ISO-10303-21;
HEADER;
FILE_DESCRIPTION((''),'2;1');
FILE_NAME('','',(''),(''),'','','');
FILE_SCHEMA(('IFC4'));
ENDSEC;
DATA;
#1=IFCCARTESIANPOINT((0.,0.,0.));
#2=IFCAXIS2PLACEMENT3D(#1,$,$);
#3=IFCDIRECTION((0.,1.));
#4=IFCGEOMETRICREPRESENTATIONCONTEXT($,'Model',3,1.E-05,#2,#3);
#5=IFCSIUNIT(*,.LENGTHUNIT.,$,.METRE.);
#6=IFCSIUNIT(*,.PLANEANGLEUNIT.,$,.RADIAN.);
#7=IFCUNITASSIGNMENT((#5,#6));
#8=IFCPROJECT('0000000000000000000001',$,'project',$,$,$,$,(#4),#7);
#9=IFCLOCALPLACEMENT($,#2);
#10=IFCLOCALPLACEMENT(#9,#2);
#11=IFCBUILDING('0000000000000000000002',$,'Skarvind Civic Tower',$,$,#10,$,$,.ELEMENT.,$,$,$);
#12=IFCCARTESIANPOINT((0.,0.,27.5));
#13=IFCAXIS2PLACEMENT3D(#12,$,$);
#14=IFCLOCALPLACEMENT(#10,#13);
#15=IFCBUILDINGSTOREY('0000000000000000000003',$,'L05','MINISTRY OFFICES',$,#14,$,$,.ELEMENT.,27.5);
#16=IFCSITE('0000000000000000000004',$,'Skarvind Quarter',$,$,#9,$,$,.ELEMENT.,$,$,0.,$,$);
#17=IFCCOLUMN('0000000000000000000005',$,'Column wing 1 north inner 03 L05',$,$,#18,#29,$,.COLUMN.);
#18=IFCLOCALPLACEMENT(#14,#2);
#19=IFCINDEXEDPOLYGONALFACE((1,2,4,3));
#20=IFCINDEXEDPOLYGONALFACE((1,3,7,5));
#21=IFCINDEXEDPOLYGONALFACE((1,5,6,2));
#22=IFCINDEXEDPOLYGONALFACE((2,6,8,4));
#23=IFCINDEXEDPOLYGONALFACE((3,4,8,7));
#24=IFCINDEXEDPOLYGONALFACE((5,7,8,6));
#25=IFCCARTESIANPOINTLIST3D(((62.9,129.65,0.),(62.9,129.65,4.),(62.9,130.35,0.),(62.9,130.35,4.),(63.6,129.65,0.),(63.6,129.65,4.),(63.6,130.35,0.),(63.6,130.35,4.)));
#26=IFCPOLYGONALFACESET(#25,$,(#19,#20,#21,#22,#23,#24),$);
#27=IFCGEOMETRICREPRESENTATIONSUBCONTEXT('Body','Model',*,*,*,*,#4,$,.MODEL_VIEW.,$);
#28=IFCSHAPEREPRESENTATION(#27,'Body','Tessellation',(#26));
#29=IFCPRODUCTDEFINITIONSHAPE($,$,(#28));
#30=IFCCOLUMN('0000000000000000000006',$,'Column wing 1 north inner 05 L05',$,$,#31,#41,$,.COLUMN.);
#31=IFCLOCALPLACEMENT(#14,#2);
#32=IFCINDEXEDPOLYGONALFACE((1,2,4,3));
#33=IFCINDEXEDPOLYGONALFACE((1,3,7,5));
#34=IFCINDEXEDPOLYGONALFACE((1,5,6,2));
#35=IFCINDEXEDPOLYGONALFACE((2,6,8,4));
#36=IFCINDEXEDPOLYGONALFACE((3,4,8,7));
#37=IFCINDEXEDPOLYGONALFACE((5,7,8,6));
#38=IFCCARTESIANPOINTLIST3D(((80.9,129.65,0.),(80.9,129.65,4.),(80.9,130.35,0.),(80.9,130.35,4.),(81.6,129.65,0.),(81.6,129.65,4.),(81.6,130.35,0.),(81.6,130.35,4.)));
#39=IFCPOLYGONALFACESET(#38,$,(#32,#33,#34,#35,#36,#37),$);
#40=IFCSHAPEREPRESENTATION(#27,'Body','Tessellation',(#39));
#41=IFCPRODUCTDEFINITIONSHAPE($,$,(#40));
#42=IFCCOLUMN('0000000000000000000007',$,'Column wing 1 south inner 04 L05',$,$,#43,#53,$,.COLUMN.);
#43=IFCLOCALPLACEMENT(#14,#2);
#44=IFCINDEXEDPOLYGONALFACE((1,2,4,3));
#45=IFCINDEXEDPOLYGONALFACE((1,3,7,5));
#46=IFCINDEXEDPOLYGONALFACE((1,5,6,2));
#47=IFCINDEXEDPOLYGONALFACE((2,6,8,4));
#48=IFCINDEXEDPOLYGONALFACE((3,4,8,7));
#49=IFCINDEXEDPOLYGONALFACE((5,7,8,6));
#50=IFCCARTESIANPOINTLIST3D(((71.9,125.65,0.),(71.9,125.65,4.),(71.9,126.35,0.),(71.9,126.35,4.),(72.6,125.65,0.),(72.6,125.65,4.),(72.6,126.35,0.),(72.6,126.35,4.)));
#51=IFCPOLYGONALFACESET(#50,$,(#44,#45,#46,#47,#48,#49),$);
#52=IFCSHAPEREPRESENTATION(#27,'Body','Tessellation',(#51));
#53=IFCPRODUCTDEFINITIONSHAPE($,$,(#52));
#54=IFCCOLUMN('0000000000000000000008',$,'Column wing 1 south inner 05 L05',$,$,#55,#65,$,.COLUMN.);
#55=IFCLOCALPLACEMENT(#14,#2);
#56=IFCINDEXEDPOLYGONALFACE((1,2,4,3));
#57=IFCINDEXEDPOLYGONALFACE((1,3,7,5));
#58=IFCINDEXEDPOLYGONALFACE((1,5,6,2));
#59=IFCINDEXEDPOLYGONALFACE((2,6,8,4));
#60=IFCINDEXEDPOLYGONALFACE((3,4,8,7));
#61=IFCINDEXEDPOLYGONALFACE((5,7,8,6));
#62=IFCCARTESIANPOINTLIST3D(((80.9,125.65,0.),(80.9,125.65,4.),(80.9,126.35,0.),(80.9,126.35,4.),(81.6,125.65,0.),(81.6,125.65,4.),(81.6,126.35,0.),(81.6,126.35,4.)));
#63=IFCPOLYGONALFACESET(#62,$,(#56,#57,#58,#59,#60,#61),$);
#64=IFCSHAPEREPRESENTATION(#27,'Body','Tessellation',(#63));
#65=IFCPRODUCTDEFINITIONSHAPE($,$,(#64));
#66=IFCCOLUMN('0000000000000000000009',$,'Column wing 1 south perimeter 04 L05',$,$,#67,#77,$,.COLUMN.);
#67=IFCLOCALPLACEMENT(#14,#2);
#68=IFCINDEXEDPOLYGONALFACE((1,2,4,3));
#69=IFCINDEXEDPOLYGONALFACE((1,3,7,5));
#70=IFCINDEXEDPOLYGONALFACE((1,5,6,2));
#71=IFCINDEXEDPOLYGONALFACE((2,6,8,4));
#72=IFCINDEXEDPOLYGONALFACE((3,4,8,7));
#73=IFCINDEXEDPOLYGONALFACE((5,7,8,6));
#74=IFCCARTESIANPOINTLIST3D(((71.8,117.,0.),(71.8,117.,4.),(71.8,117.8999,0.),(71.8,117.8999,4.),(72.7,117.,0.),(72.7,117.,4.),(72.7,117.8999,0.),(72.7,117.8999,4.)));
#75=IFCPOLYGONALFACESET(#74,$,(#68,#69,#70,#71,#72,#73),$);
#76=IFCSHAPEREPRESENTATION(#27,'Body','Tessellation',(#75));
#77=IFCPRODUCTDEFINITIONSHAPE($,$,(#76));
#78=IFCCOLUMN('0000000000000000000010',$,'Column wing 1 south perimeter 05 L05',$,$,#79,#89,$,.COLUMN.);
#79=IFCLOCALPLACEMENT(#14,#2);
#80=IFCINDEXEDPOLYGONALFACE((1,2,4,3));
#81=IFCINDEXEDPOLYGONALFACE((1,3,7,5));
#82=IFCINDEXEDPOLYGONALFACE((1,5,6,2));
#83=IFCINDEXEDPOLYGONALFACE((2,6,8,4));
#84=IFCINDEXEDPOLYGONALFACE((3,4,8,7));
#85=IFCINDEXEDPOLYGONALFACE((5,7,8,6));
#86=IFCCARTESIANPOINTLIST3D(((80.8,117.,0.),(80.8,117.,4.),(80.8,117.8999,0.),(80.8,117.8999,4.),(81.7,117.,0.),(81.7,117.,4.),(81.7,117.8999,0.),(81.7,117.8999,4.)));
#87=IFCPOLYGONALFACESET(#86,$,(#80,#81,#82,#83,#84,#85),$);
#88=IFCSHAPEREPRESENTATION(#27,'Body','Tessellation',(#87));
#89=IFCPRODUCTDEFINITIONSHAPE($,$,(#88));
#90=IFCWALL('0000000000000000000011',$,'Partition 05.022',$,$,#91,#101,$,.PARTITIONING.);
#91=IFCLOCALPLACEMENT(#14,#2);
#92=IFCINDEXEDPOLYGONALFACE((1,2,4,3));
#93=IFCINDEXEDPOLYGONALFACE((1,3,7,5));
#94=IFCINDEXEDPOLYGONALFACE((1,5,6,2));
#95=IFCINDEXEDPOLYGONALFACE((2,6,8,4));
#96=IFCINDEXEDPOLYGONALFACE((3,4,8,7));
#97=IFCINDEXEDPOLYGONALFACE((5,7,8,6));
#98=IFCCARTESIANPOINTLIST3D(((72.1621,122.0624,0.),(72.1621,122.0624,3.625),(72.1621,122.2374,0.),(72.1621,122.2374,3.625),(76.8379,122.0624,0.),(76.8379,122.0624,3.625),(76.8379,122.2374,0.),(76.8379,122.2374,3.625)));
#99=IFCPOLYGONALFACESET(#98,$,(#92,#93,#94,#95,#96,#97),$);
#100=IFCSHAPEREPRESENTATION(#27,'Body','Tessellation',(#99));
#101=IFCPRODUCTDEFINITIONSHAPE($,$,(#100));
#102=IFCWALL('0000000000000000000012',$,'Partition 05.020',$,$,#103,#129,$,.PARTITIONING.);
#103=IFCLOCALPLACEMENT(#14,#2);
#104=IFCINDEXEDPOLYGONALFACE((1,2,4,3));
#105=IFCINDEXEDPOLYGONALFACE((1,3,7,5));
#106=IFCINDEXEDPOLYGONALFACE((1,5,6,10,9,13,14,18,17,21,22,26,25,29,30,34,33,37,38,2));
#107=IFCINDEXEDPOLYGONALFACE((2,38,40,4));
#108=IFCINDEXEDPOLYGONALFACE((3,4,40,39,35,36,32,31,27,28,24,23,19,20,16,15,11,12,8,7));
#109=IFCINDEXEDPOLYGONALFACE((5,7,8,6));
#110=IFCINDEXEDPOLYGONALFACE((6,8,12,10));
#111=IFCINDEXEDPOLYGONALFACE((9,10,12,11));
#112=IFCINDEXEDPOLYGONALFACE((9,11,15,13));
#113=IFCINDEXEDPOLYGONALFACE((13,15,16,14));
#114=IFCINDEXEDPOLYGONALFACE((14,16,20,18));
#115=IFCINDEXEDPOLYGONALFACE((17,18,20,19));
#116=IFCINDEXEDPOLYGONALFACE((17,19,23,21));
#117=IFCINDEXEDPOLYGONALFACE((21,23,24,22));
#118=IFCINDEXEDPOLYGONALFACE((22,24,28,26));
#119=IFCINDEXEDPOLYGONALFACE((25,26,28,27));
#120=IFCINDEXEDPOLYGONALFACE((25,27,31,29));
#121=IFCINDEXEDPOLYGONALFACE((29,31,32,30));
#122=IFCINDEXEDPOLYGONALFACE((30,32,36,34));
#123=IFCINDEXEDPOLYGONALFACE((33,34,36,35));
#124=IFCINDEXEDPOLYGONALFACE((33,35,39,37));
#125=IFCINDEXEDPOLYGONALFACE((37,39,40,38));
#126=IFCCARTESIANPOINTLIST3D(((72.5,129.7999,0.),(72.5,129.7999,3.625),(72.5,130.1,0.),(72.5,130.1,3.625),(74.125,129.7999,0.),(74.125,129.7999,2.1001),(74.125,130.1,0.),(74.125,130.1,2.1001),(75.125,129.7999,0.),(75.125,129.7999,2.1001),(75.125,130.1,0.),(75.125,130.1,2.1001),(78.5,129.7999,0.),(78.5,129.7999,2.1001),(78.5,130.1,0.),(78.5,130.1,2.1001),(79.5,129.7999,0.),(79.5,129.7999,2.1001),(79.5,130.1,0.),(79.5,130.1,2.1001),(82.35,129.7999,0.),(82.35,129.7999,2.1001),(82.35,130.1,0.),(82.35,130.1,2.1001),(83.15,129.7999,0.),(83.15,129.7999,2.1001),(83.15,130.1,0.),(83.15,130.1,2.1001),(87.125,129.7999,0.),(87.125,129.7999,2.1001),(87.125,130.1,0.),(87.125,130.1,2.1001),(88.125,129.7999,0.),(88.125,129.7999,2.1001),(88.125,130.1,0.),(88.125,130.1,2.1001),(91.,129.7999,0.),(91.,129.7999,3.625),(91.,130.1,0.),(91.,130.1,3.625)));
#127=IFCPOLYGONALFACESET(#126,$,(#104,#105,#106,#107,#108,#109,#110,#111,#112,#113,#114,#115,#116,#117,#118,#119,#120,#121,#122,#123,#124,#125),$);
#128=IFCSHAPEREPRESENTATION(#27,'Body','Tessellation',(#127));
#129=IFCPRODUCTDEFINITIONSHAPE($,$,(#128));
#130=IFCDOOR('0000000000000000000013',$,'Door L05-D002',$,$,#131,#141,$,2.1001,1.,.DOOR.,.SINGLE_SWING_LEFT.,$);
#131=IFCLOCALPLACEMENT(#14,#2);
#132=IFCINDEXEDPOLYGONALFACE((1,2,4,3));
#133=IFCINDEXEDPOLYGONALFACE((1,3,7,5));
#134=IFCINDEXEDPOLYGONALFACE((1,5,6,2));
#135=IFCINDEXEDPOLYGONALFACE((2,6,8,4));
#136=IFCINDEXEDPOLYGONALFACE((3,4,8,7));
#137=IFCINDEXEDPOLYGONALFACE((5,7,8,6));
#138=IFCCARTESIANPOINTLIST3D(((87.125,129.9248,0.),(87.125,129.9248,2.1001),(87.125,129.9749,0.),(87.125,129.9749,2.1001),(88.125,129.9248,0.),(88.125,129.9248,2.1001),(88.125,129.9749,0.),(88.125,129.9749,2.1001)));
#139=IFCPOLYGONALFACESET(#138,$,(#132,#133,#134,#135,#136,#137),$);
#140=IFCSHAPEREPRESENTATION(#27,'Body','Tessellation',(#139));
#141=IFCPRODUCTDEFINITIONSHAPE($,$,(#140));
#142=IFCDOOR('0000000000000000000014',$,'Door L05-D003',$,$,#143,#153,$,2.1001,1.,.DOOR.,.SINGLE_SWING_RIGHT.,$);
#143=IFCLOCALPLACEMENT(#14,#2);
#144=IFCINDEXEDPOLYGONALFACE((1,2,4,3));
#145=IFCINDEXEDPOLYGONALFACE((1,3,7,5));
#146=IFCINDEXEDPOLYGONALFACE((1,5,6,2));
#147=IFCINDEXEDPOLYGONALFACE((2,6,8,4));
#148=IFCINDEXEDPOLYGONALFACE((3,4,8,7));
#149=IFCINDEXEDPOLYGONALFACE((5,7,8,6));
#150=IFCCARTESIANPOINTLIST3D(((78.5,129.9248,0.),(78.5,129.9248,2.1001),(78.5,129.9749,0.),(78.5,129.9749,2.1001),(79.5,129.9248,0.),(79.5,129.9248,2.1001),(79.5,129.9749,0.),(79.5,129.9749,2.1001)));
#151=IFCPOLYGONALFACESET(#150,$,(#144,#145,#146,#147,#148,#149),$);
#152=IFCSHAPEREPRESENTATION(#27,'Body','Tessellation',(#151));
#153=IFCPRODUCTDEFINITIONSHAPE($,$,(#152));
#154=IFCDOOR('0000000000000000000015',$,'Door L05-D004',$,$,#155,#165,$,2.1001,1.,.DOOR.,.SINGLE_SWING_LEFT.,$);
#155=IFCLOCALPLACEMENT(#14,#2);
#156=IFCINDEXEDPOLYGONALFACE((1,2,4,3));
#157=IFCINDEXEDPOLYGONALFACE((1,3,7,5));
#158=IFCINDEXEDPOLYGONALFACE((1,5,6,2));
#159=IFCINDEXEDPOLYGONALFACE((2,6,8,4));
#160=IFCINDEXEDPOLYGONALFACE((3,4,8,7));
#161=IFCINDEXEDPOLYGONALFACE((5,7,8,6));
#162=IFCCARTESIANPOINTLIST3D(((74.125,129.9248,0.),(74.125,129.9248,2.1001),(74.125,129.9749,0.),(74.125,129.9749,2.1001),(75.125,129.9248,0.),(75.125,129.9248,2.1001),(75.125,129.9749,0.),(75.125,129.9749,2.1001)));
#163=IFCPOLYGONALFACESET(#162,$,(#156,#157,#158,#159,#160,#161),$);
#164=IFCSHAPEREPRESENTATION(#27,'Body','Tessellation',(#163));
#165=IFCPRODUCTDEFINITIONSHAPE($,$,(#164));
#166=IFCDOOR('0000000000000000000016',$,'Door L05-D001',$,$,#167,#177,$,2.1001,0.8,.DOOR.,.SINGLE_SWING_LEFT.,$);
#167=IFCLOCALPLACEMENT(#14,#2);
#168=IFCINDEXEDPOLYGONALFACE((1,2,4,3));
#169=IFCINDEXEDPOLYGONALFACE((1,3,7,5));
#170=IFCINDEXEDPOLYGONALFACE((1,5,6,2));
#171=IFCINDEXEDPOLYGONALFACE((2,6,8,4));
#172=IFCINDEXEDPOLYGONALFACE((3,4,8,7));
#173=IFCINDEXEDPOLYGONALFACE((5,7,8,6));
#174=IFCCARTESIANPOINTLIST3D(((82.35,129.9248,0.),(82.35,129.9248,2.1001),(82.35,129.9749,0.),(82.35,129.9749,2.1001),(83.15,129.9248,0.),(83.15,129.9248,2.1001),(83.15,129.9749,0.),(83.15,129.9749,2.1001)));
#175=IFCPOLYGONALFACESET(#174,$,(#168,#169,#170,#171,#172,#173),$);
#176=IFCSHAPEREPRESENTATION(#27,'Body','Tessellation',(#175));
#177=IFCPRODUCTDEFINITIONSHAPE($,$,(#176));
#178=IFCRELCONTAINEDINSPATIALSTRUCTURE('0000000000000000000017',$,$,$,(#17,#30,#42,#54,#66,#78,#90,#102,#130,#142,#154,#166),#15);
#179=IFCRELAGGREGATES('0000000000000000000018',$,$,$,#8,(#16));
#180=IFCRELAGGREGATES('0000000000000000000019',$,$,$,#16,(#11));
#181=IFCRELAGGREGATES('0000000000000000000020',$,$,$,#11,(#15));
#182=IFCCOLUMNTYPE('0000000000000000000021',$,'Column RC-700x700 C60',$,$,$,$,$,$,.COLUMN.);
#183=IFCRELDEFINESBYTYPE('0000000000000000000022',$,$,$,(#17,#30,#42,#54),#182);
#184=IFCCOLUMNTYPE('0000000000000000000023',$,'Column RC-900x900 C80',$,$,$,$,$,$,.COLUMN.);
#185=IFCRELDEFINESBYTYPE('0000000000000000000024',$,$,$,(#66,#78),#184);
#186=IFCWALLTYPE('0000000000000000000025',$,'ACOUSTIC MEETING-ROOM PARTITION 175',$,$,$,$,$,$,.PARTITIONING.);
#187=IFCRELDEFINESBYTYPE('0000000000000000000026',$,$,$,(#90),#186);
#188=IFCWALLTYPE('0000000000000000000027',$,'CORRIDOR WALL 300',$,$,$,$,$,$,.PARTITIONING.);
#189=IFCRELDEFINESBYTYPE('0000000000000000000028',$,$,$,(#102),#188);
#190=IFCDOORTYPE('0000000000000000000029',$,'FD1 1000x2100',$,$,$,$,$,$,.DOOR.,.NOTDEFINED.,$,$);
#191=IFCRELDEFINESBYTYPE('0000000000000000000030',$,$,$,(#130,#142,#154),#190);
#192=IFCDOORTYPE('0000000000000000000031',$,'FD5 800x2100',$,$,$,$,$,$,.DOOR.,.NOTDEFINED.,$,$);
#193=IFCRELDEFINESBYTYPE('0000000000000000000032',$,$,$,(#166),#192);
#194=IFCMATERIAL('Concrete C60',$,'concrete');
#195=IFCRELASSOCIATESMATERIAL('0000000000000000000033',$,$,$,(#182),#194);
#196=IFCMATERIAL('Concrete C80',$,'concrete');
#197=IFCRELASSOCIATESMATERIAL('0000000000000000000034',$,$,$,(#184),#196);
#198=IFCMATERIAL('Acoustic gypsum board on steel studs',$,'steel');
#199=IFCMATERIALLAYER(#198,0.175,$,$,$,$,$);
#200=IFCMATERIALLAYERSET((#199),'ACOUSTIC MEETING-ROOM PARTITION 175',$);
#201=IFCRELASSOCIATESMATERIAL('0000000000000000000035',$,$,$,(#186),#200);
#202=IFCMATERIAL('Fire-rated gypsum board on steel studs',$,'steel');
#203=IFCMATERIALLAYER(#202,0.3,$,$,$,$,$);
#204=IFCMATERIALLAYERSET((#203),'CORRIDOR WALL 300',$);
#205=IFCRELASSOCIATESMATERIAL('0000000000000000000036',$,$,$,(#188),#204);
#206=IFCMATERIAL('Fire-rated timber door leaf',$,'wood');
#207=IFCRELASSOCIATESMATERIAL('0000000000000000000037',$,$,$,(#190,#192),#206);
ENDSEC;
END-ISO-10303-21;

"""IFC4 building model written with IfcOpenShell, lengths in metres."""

from ifc_helpers import new_model, si_unit, direction, frame, frame_2d, origin, origin_2d, place, context, subcontext, project, spatial, rectangle, extrude, material, layer, layer_set, material_profile, profile_set, type_object, element, fill, save


model = new_model("IFC4")

# Units and contexts
model_context = context("Model", 3, precision=1e-05, world=origin(), true_north=direction((0.0, 1.0)))
body_context = subcontext(model_context, "Body", "Model", "MODEL_VIEW")
ifc_project = project(units=[si_unit("LENGTHUNIT", "METRE"), si_unit("PLANEANGLEUNIT", "RADIAN")], contexts=[model_context])

# Site, building, storey
site_placement = place(None, origin())
site = spatial("IfcSite", under=ifc_project, at=site_placement, Name="Skarvind Quarter", CompositionType="ELEMENT", RefElevation=0.0)
building_placement = place(site_placement, origin())
building = spatial("IfcBuilding", under=site, at=building_placement, Name="Skarvind Civic Tower", CompositionType="ELEMENT")
storey_placement = place(building_placement, frame((0.0, 0.0, 27.5)))
storey = spatial("IfcBuildingStorey", under=building, at=storey_placement, Name="L05", Description="MINISTRY OFFICES", CompositionType="ELEMENT", Elevation=27.5)

# Columns
ifc_material_1 = material(Name="Concrete C60", Category="concrete")
ifc_material_profile_1 = material_profile(ifc_material_1, rectangle(XDim=0.7, YDim=0.7, at=origin_2d()), Name="RC-700x700")
ifc_profile_set_1 = profile_set([ifc_material_profile_1], Name="Concrete C60")
column_type_1 = type_object("IfcColumnType", Name="Column RC-700x700 C60", PredefinedType="COLUMN", material=ifc_profile_set_1)
for number, where, z_axis, x_axis, name in (
    (1, (63.25, 130.0, 0.0), (0.0, 0.0, 1.0), (1.0, 0.0, 0.0), "Column wing 1 north inner 03 L05"),
    (2, (81.25, 130.0, 0.0), (0.0, 0.0, 1.0), (1.0, 0.0, 0.0), "Column wing 1 north inner 05 L05"),
    (3, (72.25, 126.0, 0.0), (0.0, 0.0, 1.0), (1.0, 0.0, 0.0), "Column wing 1 south inner 04 L05"),
    (4, (81.25, 126.0, 0.0), (0.0, 0.0, 1.0), (1.0, 0.0, 0.0), "Column wing 1 south inner 05 L05"),
):
    element("IfcColumn", number, at=place(storey_placement, frame(where, z_axis=z_axis, x_axis=x_axis)), inside=storey, type_object=column_type_1, Name=name, PredefinedType="COLUMN", context=body_context, shape_type="SweptSolid", body=[
        extrude(rectangle(XDim=0.7, YDim=0.7, at=origin_2d()), origin(), (0.0, 0.0, 1.0), 4.0),
    ])
ifc_material_2 = material(Name="Concrete C80", Category="concrete")
ifc_material_profile_2 = material_profile(ifc_material_2, rectangle(XDim=0.8999, YDim=0.8999, at=origin_2d()), Name="RC-900x900")
ifc_profile_set_2 = profile_set([ifc_material_profile_2], Name="Concrete C80")
column_type_2 = type_object("IfcColumnType", Name="Column RC-900x900 C80", PredefinedType="COLUMN", material=ifc_profile_set_2)
for number, where, z_axis, x_axis, name in (
    (5, (72.25, 117.45, 0.0), (0.0, 0.0, 1.0), (1.0, 0.0, 0.0), "Column wing 1 south perimeter 04 L05"),
    (6, (81.25, 117.45, 0.0), (0.0, 0.0, 1.0), (1.0, 0.0, 0.0), "Column wing 1 south perimeter 05 L05"),
):
    element("IfcColumn", number, at=place(storey_placement, frame(where, z_axis=z_axis, x_axis=x_axis)), inside=storey, type_object=column_type_2, Name=name, PredefinedType="COLUMN", context=body_context, shape_type="SweptSolid", body=[
        extrude(rectangle(XDim=0.8999, YDim=0.8999, at=origin_2d()), origin(), (0.0, 0.0, 1.0), 4.0),
    ])

# Wall
ifc_material_3 = material(Name="Acoustic gypsum board on steel studs", Category="steel")
ifc_layer_1 = layer(ifc_material_3, 0.175)
ifc_layer_set_1 = layer_set([ifc_layer_1], Name="ACOUSTIC MEETING-ROOM PARTITION 175")
wall_type_1 = type_object("IfcWallType", Name="ACOUSTIC MEETING-ROOM PARTITION 175", PredefinedType="PARTITIONING", material=ifc_layer_set_1)
wall_1_placement = place(storey_placement, frame((76.8379, 122.1499, 0.0), z_axis=(0.0, 0.0, 1.0), x_axis=(-1.0, 0.0, 0.0)))
element("IfcWall", 7, at=wall_1_placement, inside=storey, type_object=wall_type_1, Name="Partition 05.022", PredefinedType="PARTITIONING", context=body_context, shape_type="SweptSolid", body=[
    extrude(rectangle(XDim=4.6758, YDim=0.175, at=frame_2d((2.3379, 0.0))), origin(), (0.0, 0.0, 1.0), 3.625),
])

# Wall, openings, doors
ifc_material_4 = material(Name="Fire-rated gypsum board on steel studs", Category="steel")
ifc_layer_2 = layer(ifc_material_4, 0.3)
ifc_layer_set_2 = layer_set([ifc_layer_2], Name="CORRIDOR WALL 300")
wall_type_2 = type_object("IfcWallType", Name="CORRIDOR WALL 300", PredefinedType="PARTITIONING", material=ifc_layer_set_2)
wall_2_placement = place(storey_placement, frame((72.5, 129.95, 0.0), z_axis=(0.0, 0.0, 1.0), x_axis=(1.0, 0.0, 0.0)))
wall_2 = element("IfcWall", 8, at=wall_2_placement, inside=storey, type_object=wall_type_2, Name="Partition 05.020", PredefinedType="PARTITIONING", context=body_context, shape_type="SweptSolid", body=[
    extrude(rectangle(XDim=18.5, YDim=0.3, at=frame_2d((9.25, 0.0))), origin(), (0.0, 0.0, 1.0), 3.625),
])
opening_1_placement = place(wall_2_placement, frame((9.8501, 0.0, 0.0)))
opening_1 = element("IfcOpeningElement", 9, at=opening_1_placement, cuts=wall_2, PredefinedType="OPENING", context=body_context, shape_type="SweptSolid", body=[
    extrude(rectangle(XDim=0.8, YDim=2.1001, at=frame_2d((0.3999, 1.05))), frame((0.0, 0.1599, 0.0), z_axis=(0.0, -1.0, 0.0), x_axis=(1.0, 0.0, 0.0)), (0.0, 0.0, 1.0), 0.3201),
])
opening_2_placement = place(wall_2_placement, frame((14.625, 0.0, 0.0)))
opening_2 = element("IfcOpeningElement", 10, at=opening_2_placement, cuts=wall_2, PredefinedType="OPENING", context=body_context, shape_type="SweptSolid", body=[
    extrude(rectangle(XDim=1.0, YDim=2.1001, at=frame_2d((0.5, 1.05))), frame((0.0, 0.1599, 0.0), z_axis=(0.0, -1.0, 0.0), x_axis=(1.0, 0.0, 0.0)), (0.0, 0.0, 1.0), 0.3201),
])
opening_3_placement = place(wall_2_placement, frame((6.0, 0.0, 0.0)))
opening_3 = element("IfcOpeningElement", 11, at=opening_3_placement, cuts=wall_2, PredefinedType="OPENING", context=body_context, shape_type="SweptSolid", body=[
    extrude(rectangle(XDim=1.0, YDim=2.1001, at=frame_2d((0.5, 1.05))), frame((0.0, 0.1599, 0.0), z_axis=(0.0, -1.0, 0.0), x_axis=(1.0, 0.0, 0.0)), (0.0, 0.0, 1.0), 0.3201),
])
opening_4_placement = place(wall_2_placement, frame((1.625, 0.0, 0.0)))
opening_4 = element("IfcOpeningElement", 12, at=opening_4_placement, cuts=wall_2, PredefinedType="OPENING", context=body_context, shape_type="SweptSolid", body=[
    extrude(rectangle(XDim=1.0, YDim=2.1001, at=frame_2d((0.5, 1.05))), frame((0.0, 0.1599, 0.0), z_axis=(0.0, -1.0, 0.0), x_axis=(1.0, 0.0, 0.0)), (0.0, 0.0, 1.0), 0.3201),
])
ifc_material_5 = material(Name="Fire-rated timber door leaf", Category="wood")
door_type_1 = type_object("IfcDoorType", Name="FD1 1000x2100", OperationType="NOTDEFINED", PredefinedType="DOOR", material=ifc_material_5)
door_1_placement = place(opening_2_placement, origin())
door_1 = element("IfcDoor", 13, at=door_1_placement, inside=storey, type_object=door_type_1, Name="Door L05-D002", OperationType="SINGLE_SWING_LEFT", OverallHeight=2.1001, OverallWidth=1.0, PredefinedType="DOOR", context=body_context, shape_type="SweptSolid", body=[
    extrude(rectangle(XDim=1.0, YDim=2.1001, at=frame_2d((0.5, 1.05))), frame((0.0, 0.0249, 0.0), z_axis=(0.0, -1.0, 0.0), x_axis=(1.0, 0.0, 0.0)), (0.0, 0.0, 1.0), 0.05),
])
fill(opening_2, door_1)
door_2_placement = place(opening_3_placement, origin())
door_2 = element("IfcDoor", 14, at=door_2_placement, inside=storey, type_object=door_type_1, Name="Door L05-D003", OperationType="SINGLE_SWING_RIGHT", OverallHeight=2.1001, OverallWidth=1.0, PredefinedType="DOOR", context=body_context, shape_type="SweptSolid", body=[
    extrude(rectangle(XDim=1.0, YDim=2.1001, at=frame_2d((0.5, 1.05))), frame((0.0, 0.0249, 0.0), z_axis=(0.0, -1.0, 0.0), x_axis=(1.0, 0.0, 0.0)), (0.0, 0.0, 1.0), 0.05),
])
fill(opening_3, door_2)
door_3_placement = place(opening_4_placement, origin())
door_3 = element("IfcDoor", 15, at=door_3_placement, inside=storey, type_object=door_type_1, Name="Door L05-D004", OperationType="SINGLE_SWING_LEFT", OverallHeight=2.1001, OverallWidth=1.0, PredefinedType="DOOR", context=body_context, shape_type="SweptSolid", body=[
    extrude(rectangle(XDim=1.0, YDim=2.1001, at=frame_2d((0.5, 1.05))), frame((0.0, 0.0249, 0.0), z_axis=(0.0, -1.0, 0.0), x_axis=(1.0, 0.0, 0.0)), (0.0, 0.0, 1.0), 0.05),
])
fill(opening_4, door_3)
door_type_2 = type_object("IfcDoorType", Name="FD5 800x2100", OperationType="NOTDEFINED", PredefinedType="DOOR", material=ifc_material_5)
door_4_placement = place(opening_1_placement, origin())
door_4 = element("IfcDoor", 16, at=door_4_placement, inside=storey, type_object=door_type_2, Name="Door L05-D001", OperationType="SINGLE_SWING_LEFT", OverallHeight=2.1001, OverallWidth=0.8, PredefinedType="DOOR", context=body_context, shape_type="SweptSolid", body=[
    extrude(rectangle(XDim=0.8, YDim=2.1001, at=frame_2d((0.3999, 1.05))), frame((0.0, 0.0249, 0.0), z_axis=(0.0, -1.0, 0.0), x_axis=(1.0, 0.0, 0.0)), (0.0, 0.0, 1.0), 0.05),
])
fill(opening_1, door_4)

save(model, "model.ifc")
